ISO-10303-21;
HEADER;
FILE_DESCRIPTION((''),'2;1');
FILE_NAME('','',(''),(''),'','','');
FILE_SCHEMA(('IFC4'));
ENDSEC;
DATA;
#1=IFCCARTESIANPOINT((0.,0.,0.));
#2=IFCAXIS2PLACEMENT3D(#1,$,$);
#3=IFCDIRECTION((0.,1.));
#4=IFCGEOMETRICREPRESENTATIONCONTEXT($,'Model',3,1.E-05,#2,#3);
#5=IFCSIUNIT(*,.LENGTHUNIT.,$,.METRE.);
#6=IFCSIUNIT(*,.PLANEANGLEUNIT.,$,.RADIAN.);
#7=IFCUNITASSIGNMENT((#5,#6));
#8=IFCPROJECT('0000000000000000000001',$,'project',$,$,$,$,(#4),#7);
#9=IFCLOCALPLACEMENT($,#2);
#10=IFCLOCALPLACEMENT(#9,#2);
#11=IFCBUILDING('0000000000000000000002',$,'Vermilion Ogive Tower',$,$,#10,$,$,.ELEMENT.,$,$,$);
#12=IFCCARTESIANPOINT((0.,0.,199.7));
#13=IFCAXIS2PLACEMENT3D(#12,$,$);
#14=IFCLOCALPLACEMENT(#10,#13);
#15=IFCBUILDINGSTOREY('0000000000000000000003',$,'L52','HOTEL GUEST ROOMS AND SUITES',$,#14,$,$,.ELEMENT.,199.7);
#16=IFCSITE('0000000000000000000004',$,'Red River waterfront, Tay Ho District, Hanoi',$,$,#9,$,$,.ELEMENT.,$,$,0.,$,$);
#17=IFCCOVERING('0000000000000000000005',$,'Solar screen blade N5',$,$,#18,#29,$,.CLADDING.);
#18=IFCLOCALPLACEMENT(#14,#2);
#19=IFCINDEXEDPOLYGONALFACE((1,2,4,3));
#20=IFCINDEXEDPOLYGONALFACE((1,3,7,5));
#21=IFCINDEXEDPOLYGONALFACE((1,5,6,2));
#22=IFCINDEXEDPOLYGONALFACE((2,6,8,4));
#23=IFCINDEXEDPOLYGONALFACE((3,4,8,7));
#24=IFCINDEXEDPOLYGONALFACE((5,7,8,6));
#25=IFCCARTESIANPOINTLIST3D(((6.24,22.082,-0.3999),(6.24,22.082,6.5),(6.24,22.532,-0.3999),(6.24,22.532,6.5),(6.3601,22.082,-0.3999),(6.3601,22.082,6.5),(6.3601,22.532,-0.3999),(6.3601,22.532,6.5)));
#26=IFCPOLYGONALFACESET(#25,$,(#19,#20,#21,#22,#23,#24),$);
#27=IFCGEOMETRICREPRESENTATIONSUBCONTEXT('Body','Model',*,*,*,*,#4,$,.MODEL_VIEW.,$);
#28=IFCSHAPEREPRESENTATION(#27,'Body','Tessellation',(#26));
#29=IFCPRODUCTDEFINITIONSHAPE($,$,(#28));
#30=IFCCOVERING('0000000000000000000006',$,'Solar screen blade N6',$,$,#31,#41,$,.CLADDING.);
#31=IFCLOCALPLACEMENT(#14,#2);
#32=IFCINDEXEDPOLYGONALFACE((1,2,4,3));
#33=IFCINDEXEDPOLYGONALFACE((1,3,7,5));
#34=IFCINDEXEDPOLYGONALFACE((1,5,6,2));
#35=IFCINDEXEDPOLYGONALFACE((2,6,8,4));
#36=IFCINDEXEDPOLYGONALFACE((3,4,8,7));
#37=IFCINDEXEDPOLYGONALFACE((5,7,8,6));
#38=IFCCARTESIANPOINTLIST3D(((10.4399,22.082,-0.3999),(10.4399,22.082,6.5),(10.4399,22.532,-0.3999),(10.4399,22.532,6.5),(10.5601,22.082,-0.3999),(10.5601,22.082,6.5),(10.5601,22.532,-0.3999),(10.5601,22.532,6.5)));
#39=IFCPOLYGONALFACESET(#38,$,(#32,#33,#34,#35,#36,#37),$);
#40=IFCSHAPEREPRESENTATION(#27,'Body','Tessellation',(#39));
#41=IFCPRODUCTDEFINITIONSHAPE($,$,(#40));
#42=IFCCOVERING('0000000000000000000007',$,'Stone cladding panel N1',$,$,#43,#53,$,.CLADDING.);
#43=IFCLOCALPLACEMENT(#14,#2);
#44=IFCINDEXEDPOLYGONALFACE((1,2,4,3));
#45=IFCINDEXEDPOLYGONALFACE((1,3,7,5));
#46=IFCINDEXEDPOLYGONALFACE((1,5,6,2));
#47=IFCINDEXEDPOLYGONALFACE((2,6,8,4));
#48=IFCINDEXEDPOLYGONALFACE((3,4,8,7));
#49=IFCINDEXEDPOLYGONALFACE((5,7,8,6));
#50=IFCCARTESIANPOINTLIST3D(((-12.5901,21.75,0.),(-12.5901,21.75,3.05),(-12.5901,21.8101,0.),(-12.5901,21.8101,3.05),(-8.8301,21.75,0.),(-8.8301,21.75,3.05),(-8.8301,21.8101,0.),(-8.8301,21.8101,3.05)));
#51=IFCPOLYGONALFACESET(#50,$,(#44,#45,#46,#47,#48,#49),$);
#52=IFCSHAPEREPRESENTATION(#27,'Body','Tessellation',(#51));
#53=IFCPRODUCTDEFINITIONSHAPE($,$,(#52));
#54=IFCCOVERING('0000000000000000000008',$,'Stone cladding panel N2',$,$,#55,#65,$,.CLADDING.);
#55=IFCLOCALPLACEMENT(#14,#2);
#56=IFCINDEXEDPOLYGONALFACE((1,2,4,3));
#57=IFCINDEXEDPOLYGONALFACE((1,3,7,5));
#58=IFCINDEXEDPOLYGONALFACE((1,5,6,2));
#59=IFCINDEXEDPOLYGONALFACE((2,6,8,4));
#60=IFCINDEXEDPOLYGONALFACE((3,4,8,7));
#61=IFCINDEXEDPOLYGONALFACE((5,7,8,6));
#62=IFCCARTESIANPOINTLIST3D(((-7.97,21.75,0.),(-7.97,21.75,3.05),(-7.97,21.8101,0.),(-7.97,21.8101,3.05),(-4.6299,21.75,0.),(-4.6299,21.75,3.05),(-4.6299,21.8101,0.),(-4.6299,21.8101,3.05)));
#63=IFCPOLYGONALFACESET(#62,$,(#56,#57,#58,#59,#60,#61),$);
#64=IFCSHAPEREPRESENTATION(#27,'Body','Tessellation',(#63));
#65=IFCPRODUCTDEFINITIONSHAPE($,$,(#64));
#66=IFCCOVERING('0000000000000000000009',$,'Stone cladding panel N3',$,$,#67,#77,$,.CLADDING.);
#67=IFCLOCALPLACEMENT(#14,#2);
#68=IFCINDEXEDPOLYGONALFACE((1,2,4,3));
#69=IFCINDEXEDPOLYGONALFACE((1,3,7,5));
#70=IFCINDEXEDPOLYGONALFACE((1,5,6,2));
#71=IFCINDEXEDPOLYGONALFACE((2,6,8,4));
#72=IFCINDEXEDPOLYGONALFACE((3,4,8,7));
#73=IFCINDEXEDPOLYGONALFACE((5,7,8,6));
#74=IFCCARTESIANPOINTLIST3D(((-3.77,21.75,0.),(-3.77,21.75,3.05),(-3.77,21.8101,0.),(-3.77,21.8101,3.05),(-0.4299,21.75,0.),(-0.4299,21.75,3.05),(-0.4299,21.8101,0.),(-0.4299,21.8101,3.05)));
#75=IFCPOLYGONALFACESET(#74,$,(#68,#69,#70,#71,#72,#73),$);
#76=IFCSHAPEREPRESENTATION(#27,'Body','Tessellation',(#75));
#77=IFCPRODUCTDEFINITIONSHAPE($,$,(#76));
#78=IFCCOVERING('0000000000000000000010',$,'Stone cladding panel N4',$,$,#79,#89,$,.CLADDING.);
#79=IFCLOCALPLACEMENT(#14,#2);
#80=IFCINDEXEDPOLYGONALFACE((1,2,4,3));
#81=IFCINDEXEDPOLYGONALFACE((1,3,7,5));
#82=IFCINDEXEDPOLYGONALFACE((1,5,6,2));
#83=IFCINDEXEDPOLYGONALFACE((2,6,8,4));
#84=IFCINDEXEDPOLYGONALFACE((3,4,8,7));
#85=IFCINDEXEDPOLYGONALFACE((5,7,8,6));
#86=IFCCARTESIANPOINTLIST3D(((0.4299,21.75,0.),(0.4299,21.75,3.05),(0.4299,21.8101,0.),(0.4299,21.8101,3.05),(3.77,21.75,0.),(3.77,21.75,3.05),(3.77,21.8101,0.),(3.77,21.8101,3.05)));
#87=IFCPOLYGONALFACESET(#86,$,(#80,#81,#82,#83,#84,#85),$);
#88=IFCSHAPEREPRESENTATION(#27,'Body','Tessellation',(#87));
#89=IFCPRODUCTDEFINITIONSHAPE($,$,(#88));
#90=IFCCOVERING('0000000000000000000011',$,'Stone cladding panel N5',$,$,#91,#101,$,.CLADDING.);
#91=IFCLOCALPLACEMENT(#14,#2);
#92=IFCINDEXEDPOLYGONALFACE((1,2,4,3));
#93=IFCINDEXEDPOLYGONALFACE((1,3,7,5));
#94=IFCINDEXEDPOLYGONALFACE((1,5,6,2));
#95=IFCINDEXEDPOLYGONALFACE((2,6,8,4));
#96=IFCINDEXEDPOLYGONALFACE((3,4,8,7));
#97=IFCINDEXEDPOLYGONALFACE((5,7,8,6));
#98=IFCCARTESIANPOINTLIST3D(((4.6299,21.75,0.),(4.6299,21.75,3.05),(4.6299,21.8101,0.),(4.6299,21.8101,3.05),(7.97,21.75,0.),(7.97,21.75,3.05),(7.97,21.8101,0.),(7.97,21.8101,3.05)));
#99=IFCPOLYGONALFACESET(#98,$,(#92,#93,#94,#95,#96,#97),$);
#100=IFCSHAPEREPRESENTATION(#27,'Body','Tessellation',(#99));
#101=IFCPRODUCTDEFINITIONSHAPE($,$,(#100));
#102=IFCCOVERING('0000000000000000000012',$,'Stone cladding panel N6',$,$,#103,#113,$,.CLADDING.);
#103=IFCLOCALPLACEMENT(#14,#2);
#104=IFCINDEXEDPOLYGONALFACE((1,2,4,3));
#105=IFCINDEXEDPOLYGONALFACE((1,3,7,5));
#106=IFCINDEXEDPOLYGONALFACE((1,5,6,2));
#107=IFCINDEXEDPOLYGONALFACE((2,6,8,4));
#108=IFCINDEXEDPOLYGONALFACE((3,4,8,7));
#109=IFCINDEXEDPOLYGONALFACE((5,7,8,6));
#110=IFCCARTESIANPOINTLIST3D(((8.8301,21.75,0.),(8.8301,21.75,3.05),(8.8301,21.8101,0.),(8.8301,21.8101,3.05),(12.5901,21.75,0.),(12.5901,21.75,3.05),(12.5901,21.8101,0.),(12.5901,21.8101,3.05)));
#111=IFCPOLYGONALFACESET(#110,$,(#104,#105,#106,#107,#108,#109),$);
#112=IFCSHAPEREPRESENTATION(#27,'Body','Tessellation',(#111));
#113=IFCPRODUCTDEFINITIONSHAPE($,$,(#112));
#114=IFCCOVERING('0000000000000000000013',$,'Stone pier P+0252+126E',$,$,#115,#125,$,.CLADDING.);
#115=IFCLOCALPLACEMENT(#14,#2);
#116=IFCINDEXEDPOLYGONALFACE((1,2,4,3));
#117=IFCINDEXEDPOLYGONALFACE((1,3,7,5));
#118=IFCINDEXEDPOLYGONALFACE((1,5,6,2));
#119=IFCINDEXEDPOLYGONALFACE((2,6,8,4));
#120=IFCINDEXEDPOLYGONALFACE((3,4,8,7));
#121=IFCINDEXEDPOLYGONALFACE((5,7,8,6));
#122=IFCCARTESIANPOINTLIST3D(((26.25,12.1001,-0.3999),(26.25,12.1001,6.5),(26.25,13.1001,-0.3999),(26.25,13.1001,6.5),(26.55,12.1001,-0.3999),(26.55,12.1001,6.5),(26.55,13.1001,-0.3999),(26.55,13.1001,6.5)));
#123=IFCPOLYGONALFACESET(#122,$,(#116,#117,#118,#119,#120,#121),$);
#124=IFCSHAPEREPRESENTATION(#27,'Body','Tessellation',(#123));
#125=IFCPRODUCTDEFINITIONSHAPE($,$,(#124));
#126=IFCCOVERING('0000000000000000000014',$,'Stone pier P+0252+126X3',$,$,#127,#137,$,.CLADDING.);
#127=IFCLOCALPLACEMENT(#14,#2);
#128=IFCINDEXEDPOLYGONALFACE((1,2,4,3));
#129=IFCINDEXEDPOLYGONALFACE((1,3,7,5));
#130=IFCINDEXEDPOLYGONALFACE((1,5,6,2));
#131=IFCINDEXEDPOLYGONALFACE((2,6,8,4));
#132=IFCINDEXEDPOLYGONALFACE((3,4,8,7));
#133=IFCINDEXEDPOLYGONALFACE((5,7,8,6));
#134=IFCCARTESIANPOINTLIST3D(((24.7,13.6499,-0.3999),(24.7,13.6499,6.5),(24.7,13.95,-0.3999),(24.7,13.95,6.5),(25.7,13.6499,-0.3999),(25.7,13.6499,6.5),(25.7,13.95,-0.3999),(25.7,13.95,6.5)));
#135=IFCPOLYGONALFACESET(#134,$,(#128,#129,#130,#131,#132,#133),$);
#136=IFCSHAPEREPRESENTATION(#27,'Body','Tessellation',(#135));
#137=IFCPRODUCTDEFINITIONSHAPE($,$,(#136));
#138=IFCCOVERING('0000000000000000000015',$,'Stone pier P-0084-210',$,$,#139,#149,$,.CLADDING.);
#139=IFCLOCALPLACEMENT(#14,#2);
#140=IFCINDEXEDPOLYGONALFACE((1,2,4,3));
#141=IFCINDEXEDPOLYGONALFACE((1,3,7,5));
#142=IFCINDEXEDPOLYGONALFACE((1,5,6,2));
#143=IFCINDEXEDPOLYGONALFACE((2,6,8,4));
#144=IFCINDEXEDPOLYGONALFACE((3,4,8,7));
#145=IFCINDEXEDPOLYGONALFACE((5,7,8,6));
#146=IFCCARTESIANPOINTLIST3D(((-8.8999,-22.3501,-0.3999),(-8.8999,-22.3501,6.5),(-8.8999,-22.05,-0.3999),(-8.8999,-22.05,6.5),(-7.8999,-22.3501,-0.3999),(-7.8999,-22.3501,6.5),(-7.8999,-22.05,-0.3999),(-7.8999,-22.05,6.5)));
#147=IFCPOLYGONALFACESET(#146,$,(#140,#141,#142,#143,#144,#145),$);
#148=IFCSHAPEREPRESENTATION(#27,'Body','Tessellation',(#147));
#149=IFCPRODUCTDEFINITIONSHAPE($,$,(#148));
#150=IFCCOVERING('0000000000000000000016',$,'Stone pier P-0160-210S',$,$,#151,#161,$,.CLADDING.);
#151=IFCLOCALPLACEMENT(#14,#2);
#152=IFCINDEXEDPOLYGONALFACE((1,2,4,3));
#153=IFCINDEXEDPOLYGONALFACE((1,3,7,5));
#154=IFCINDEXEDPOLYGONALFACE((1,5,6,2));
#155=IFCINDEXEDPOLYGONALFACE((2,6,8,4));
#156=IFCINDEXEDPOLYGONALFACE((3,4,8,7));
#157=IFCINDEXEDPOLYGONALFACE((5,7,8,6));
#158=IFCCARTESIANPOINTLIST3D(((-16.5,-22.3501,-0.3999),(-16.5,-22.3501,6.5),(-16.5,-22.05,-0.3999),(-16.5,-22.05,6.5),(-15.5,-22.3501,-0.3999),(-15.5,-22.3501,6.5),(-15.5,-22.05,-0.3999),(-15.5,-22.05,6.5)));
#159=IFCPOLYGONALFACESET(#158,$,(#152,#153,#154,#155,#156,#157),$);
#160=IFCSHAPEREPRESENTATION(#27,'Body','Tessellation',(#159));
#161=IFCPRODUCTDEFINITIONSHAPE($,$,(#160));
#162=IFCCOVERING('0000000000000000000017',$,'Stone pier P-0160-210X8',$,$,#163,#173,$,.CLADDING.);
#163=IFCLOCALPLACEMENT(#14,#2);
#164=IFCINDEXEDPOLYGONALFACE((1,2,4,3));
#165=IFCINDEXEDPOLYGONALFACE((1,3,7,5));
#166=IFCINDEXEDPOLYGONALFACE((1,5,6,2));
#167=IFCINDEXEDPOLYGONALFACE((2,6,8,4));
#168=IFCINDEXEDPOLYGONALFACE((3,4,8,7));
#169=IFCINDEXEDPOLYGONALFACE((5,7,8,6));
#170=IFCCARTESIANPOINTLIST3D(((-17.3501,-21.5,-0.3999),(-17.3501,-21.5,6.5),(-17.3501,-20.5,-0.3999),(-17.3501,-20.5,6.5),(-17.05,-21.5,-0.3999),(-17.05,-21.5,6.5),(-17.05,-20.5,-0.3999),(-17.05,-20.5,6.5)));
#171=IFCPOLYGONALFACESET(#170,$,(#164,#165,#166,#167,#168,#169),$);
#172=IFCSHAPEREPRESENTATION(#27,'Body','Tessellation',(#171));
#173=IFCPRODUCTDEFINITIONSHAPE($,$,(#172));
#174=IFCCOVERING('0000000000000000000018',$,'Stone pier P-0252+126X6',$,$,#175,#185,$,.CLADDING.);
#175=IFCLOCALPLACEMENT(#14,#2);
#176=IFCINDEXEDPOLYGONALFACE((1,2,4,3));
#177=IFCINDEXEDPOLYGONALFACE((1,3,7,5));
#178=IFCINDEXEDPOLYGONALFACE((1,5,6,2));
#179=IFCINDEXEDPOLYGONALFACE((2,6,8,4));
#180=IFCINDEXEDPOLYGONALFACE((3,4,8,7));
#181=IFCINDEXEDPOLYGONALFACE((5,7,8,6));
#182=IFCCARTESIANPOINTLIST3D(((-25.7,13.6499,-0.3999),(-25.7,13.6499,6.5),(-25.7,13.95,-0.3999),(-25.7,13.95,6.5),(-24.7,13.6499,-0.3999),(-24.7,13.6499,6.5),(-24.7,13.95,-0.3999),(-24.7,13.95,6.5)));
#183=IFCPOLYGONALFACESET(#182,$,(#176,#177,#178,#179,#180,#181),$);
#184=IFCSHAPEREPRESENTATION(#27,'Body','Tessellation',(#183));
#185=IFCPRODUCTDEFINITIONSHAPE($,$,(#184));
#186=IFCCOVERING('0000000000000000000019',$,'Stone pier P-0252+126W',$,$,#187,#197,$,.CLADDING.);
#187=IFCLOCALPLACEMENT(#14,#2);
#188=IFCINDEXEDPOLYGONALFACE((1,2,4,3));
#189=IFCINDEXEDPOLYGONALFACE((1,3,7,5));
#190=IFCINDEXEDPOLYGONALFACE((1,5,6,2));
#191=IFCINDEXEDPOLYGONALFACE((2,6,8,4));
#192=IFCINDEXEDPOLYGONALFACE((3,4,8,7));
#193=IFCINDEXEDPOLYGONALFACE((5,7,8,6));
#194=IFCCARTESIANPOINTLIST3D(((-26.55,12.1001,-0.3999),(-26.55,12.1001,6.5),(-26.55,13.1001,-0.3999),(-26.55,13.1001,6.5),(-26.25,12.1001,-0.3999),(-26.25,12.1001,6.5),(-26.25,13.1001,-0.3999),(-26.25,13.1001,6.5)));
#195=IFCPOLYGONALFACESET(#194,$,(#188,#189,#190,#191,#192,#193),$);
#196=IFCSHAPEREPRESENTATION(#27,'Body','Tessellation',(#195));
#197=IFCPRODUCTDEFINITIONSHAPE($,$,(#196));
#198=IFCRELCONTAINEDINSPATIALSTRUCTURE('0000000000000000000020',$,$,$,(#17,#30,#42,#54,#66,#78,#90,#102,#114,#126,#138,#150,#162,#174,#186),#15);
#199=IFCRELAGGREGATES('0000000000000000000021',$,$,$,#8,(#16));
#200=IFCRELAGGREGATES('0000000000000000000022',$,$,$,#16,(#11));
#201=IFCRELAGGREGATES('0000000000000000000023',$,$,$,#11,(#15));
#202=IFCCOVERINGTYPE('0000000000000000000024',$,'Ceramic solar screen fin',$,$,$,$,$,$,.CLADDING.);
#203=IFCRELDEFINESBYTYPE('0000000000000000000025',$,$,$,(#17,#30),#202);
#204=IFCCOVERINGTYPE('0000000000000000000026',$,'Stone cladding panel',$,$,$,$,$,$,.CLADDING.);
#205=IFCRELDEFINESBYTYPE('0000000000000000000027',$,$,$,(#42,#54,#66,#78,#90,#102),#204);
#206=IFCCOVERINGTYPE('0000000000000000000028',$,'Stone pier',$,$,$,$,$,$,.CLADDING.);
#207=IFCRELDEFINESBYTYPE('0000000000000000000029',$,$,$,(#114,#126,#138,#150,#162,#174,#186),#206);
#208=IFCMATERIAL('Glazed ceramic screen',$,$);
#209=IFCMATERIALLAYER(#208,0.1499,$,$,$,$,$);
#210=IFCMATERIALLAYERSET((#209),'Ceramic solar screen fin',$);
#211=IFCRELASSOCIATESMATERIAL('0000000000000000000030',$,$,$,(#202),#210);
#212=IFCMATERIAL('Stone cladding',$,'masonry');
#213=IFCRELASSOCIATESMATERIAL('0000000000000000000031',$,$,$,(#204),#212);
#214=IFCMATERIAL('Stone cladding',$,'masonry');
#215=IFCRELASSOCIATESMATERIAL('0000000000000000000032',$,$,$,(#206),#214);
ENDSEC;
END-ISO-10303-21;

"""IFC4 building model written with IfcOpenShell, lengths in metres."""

from ifc_helpers import new_model, si_unit, direction, frame, origin, place, context, subcontext, project, spatial, polyline, outline, extrude, material, layer, layer_set, type_object, element, save


model = new_model("IFC4")

# Units and contexts
model_context = context("Model", 3, precision=1e-05, world=origin(), true_north=direction((0.0, 1.0)))
body_context = subcontext(model_context, "Body", "Model", "MODEL_VIEW")
ifc_project = project(units=[si_unit("LENGTHUNIT", "METRE"), si_unit("PLANEANGLEUNIT", "RADIAN")], contexts=[model_context])

# Site, building, storey
site_placement = place(None, origin())
site = spatial("IfcSite", under=ifc_project, at=site_placement, Name="Red River waterfront, Tay Ho District, Hanoi", CompositionType="ELEMENT", RefElevation=0.0)
building_placement = place(site_placement, origin())
building = spatial("IfcBuilding", under=site, at=building_placement, Name="Vermilion Ogive Tower", CompositionType="ELEMENT")
storey_placement = place(building_placement, frame((0.0, 0.0, 199.7)))
storey = spatial("IfcBuildingStorey", under=building, at=storey_placement, Name="L52", Description="HOTEL GUEST ROOMS AND SUITES", CompositionType="ELEMENT", Elevation=199.7)

# Coverings
ifc_material_1 = material(Name="Glazed ceramic screen")
ifc_layer = layer(ifc_material_1, 0.1499)
ifc_layer_set = layer_set([ifc_layer], Name="Ceramic solar screen fin")
covering_type_1 = type_object("IfcCoveringType", Name="Ceramic solar screen fin", PredefinedType="CLADDING", material=ifc_layer_set)
covering_1_placement = place(storey_placement, frame((0.0, 0.0, -0.3999)))
element("IfcCovering", 1, at=covering_1_placement, inside=storey, type_object=covering_type_1, Name="Solar screen blade N5", PredefinedType="CLADDING", context=body_context, shape_type="SweptSolid", body=[
    extrude(outline(polyline([(6.24, 22.082), (6.3601, 22.082), (6.3601, 22.532), (6.24, 22.532), (6.24, 22.082)])), origin(), (0.0, 0.0, 1.0), 6.8999),
])
covering_2_placement = place(storey_placement, frame((0.0, 0.0, -0.3999)))
element("IfcCovering", 2, at=covering_2_placement, inside=storey, type_object=covering_type_1, Name="Solar screen blade N6", PredefinedType="CLADDING", context=body_context, shape_type="SweptSolid", body=[
    extrude(outline(polyline([(10.4399, 22.082), (10.5601, 22.082), (10.5601, 22.532), (10.4399, 22.532), (10.4399, 22.082)])), origin(), (0.0, 0.0, 1.0), 6.8999),
])
ifc_material_2 = material(Name="Stone cladding", Category="masonry")
covering_type_2 = type_object("IfcCoveringType", Name="Stone cladding panel", PredefinedType="CLADDING", material=ifc_material_2)
covering_3_placement = place(storey_placement, origin())
element("IfcCovering", 3, at=covering_3_placement, inside=storey, type_object=covering_type_2, Name="Stone cladding panel N1", PredefinedType="CLADDING", context=body_context, shape_type="SweptSolid", body=[
    extrude(outline(polyline([(-12.5901, 21.75), (-8.8301, 21.75), (-8.8301, 21.8101), (-12.5901, 21.8101), (-12.5901, 21.75)])), origin(), (0.0, 0.0, 1.0), 3.05),
])
covering_4_placement = place(storey_placement, origin())
element("IfcCovering", 4, at=covering_4_placement, inside=storey, type_object=covering_type_2, Name="Stone cladding panel N2", PredefinedType="CLADDING", context=body_context, shape_type="SweptSolid", body=[
    extrude(outline(polyline([(-7.97, 21.75), (-4.6299, 21.75), (-4.6299, 21.8101), (-7.97, 21.8101), (-7.97, 21.75)])), origin(), (0.0, 0.0, 1.0), 3.05),
])
covering_5_placement = place(storey_placement, origin())
element("IfcCovering", 5, at=covering_5_placement, inside=storey, type_object=covering_type_2, Name="Stone cladding panel N3", PredefinedType="CLADDING", context=body_context, shape_type="SweptSolid", body=[
    extrude(outline(polyline([(-3.77, 21.75), (-0.4299, 21.75), (-0.4299, 21.8101), (-3.77, 21.8101), (-3.77, 21.75)])), origin(), (0.0, 0.0, 1.0), 3.05),
])
covering_6_placement = place(storey_placement, origin())
element("IfcCovering", 6, at=covering_6_placement, inside=storey, type_object=covering_type_2, Name="Stone cladding panel N4", PredefinedType="CLADDING", context=body_context, shape_type="SweptSolid", body=[
    extrude(outline(polyline([(0.4299, 21.75), (3.77, 21.75), (3.77, 21.8101), (0.4299, 21.8101), (0.4299, 21.75)])), origin(), (0.0, 0.0, 1.0), 3.05),
])
covering_7_placement = place(storey_placement, origin())
element("IfcCovering", 7, at=covering_7_placement, inside=storey, type_object=covering_type_2, Name="Stone cladding panel N5", PredefinedType="CLADDING", context=body_context, shape_type="SweptSolid", body=[
    extrude(outline(polyline([(4.6299, 21.75), (7.97, 21.75), (7.97, 21.8101), (4.6299, 21.8101), (4.6299, 21.75)])), origin(), (0.0, 0.0, 1.0), 3.05),
])
covering_8_placement = place(storey_placement, origin())
element("IfcCovering", 8, at=covering_8_placement, inside=storey, type_object=covering_type_2, Name="Stone cladding panel N6", PredefinedType="CLADDING", context=body_context, shape_type="SweptSolid", body=[
    extrude(outline(polyline([(8.8301, 21.75), (12.5901, 21.75), (12.5901, 21.8101), (8.8301, 21.8101), (8.8301, 21.75)])), origin(), (0.0, 0.0, 1.0), 3.05),
])
ifc_material_3 = material(Name="Stone cladding", Category="masonry")
covering_type_3 = type_object("IfcCoveringType", Name="Stone pier", PredefinedType="CLADDING", material=ifc_material_3)
covering_9_placement = place(storey_placement, frame((0.0, 0.0, -0.3999)))
element("IfcCovering", 9, at=covering_9_placement, inside=storey, type_object=covering_type_3, Name="Stone pier P+0252+126E", PredefinedType="CLADDING", context=body_context, shape_type="SweptSolid", body=[
    extrude(outline(polyline([(26.55, 13.1001), (26.55, 12.1001), (26.25, 12.1001), (26.25, 13.1001), (26.55, 13.1001)])), origin(), (0.0, 0.0, 1.0), 6.8999),
])
covering_10_placement = place(storey_placement, frame((0.0, 0.0, -0.3999)))
element("IfcCovering", 10, at=covering_10_placement, inside=storey, type_object=covering_type_3, Name="Stone pier P+0252+126X3", PredefinedType="CLADDING", context=body_context, shape_type="SweptSolid", body=[
    extrude(outline(polyline([(25.7, 13.95), (25.7, 13.6499), (24.7, 13.6499), (24.7, 13.95), (25.7, 13.95)])), origin(), (0.0, 0.0, 1.0), 6.8999),
])
covering_11_placement = place(storey_placement, frame((0.0, 0.0, -0.3999)))
element("IfcCovering", 11, at=covering_11_placement, inside=storey, type_object=covering_type_3, Name="Stone pier P-0084-210", PredefinedType="CLADDING", context=body_context, shape_type="SweptSolid", body=[
    extrude(outline(polyline([(-7.8999, -22.3501), (-8.8999, -22.3501), (-8.8999, -22.05), (-7.8999, -22.05), (-7.8999, -22.3501)])), origin(), (0.0, 0.0, 1.0), 6.8999),
])
covering_12_placement = place(storey_placement, frame((0.0, 0.0, -0.3999)))
element("IfcCovering", 12, at=covering_12_placement, inside=storey, type_object=covering_type_3, Name="Stone pier P-0160-210S", PredefinedType="CLADDING", context=body_context, shape_type="SweptSolid", body=[
    extrude(outline(polyline([(-15.5, -22.3501), (-16.5, -22.3501), (-16.5, -22.05), (-15.5, -22.05), (-15.5, -22.3501)])), origin(), (0.0, 0.0, 1.0), 6.8999),
])
covering_13_placement = place(storey_placement, frame((0.0, 0.0, -0.3999)))
element("IfcCovering", 13, at=covering_13_placement, inside=storey, type_object=covering_type_3, Name="Stone pier P-0160-210X8", PredefinedType="CLADDING", context=body_context, shape_type="SweptSolid", body=[
    extrude(outline(polyline([(-17.3501, -20.5), (-17.05, -20.5), (-17.05, -21.5), (-17.3501, -21.5), (-17.3501, -20.5)])), origin(), (0.0, 0.0, 1.0), 6.8999),
])
covering_14_placement = place(storey_placement, frame((0.0, 0.0, -0.3999)))
element("IfcCovering", 14, at=covering_14_placement, inside=storey, type_object=covering_type_3, Name="Stone pier P-0252+126X6", PredefinedType="CLADDING", context=body_context, shape_type="SweptSolid", body=[
    extrude(outline(polyline([(-25.7, 13.95), (-24.7, 13.95), (-24.7, 13.6499), (-25.7, 13.6499), (-25.7, 13.95)])), origin(), (0.0, 0.0, 1.0), 6.8999),
])
covering_15_placement = place(storey_placement, frame((0.0, 0.0, -0.3999)))
element("IfcCovering", 15, at=covering_15_placement, inside=storey, type_object=covering_type_3, Name="Stone pier P-0252+126W", PredefinedType="CLADDING", context=body_context, shape_type="SweptSolid", body=[
    extrude(outline(polyline([(-26.55, 13.1001), (-26.25, 13.1001), (-26.25, 12.1001), (-26.55, 12.1001), (-26.55, 13.1001)])), origin(), (0.0, 0.0, 1.0), 6.8999),
])

save(model, "model.ifc")
